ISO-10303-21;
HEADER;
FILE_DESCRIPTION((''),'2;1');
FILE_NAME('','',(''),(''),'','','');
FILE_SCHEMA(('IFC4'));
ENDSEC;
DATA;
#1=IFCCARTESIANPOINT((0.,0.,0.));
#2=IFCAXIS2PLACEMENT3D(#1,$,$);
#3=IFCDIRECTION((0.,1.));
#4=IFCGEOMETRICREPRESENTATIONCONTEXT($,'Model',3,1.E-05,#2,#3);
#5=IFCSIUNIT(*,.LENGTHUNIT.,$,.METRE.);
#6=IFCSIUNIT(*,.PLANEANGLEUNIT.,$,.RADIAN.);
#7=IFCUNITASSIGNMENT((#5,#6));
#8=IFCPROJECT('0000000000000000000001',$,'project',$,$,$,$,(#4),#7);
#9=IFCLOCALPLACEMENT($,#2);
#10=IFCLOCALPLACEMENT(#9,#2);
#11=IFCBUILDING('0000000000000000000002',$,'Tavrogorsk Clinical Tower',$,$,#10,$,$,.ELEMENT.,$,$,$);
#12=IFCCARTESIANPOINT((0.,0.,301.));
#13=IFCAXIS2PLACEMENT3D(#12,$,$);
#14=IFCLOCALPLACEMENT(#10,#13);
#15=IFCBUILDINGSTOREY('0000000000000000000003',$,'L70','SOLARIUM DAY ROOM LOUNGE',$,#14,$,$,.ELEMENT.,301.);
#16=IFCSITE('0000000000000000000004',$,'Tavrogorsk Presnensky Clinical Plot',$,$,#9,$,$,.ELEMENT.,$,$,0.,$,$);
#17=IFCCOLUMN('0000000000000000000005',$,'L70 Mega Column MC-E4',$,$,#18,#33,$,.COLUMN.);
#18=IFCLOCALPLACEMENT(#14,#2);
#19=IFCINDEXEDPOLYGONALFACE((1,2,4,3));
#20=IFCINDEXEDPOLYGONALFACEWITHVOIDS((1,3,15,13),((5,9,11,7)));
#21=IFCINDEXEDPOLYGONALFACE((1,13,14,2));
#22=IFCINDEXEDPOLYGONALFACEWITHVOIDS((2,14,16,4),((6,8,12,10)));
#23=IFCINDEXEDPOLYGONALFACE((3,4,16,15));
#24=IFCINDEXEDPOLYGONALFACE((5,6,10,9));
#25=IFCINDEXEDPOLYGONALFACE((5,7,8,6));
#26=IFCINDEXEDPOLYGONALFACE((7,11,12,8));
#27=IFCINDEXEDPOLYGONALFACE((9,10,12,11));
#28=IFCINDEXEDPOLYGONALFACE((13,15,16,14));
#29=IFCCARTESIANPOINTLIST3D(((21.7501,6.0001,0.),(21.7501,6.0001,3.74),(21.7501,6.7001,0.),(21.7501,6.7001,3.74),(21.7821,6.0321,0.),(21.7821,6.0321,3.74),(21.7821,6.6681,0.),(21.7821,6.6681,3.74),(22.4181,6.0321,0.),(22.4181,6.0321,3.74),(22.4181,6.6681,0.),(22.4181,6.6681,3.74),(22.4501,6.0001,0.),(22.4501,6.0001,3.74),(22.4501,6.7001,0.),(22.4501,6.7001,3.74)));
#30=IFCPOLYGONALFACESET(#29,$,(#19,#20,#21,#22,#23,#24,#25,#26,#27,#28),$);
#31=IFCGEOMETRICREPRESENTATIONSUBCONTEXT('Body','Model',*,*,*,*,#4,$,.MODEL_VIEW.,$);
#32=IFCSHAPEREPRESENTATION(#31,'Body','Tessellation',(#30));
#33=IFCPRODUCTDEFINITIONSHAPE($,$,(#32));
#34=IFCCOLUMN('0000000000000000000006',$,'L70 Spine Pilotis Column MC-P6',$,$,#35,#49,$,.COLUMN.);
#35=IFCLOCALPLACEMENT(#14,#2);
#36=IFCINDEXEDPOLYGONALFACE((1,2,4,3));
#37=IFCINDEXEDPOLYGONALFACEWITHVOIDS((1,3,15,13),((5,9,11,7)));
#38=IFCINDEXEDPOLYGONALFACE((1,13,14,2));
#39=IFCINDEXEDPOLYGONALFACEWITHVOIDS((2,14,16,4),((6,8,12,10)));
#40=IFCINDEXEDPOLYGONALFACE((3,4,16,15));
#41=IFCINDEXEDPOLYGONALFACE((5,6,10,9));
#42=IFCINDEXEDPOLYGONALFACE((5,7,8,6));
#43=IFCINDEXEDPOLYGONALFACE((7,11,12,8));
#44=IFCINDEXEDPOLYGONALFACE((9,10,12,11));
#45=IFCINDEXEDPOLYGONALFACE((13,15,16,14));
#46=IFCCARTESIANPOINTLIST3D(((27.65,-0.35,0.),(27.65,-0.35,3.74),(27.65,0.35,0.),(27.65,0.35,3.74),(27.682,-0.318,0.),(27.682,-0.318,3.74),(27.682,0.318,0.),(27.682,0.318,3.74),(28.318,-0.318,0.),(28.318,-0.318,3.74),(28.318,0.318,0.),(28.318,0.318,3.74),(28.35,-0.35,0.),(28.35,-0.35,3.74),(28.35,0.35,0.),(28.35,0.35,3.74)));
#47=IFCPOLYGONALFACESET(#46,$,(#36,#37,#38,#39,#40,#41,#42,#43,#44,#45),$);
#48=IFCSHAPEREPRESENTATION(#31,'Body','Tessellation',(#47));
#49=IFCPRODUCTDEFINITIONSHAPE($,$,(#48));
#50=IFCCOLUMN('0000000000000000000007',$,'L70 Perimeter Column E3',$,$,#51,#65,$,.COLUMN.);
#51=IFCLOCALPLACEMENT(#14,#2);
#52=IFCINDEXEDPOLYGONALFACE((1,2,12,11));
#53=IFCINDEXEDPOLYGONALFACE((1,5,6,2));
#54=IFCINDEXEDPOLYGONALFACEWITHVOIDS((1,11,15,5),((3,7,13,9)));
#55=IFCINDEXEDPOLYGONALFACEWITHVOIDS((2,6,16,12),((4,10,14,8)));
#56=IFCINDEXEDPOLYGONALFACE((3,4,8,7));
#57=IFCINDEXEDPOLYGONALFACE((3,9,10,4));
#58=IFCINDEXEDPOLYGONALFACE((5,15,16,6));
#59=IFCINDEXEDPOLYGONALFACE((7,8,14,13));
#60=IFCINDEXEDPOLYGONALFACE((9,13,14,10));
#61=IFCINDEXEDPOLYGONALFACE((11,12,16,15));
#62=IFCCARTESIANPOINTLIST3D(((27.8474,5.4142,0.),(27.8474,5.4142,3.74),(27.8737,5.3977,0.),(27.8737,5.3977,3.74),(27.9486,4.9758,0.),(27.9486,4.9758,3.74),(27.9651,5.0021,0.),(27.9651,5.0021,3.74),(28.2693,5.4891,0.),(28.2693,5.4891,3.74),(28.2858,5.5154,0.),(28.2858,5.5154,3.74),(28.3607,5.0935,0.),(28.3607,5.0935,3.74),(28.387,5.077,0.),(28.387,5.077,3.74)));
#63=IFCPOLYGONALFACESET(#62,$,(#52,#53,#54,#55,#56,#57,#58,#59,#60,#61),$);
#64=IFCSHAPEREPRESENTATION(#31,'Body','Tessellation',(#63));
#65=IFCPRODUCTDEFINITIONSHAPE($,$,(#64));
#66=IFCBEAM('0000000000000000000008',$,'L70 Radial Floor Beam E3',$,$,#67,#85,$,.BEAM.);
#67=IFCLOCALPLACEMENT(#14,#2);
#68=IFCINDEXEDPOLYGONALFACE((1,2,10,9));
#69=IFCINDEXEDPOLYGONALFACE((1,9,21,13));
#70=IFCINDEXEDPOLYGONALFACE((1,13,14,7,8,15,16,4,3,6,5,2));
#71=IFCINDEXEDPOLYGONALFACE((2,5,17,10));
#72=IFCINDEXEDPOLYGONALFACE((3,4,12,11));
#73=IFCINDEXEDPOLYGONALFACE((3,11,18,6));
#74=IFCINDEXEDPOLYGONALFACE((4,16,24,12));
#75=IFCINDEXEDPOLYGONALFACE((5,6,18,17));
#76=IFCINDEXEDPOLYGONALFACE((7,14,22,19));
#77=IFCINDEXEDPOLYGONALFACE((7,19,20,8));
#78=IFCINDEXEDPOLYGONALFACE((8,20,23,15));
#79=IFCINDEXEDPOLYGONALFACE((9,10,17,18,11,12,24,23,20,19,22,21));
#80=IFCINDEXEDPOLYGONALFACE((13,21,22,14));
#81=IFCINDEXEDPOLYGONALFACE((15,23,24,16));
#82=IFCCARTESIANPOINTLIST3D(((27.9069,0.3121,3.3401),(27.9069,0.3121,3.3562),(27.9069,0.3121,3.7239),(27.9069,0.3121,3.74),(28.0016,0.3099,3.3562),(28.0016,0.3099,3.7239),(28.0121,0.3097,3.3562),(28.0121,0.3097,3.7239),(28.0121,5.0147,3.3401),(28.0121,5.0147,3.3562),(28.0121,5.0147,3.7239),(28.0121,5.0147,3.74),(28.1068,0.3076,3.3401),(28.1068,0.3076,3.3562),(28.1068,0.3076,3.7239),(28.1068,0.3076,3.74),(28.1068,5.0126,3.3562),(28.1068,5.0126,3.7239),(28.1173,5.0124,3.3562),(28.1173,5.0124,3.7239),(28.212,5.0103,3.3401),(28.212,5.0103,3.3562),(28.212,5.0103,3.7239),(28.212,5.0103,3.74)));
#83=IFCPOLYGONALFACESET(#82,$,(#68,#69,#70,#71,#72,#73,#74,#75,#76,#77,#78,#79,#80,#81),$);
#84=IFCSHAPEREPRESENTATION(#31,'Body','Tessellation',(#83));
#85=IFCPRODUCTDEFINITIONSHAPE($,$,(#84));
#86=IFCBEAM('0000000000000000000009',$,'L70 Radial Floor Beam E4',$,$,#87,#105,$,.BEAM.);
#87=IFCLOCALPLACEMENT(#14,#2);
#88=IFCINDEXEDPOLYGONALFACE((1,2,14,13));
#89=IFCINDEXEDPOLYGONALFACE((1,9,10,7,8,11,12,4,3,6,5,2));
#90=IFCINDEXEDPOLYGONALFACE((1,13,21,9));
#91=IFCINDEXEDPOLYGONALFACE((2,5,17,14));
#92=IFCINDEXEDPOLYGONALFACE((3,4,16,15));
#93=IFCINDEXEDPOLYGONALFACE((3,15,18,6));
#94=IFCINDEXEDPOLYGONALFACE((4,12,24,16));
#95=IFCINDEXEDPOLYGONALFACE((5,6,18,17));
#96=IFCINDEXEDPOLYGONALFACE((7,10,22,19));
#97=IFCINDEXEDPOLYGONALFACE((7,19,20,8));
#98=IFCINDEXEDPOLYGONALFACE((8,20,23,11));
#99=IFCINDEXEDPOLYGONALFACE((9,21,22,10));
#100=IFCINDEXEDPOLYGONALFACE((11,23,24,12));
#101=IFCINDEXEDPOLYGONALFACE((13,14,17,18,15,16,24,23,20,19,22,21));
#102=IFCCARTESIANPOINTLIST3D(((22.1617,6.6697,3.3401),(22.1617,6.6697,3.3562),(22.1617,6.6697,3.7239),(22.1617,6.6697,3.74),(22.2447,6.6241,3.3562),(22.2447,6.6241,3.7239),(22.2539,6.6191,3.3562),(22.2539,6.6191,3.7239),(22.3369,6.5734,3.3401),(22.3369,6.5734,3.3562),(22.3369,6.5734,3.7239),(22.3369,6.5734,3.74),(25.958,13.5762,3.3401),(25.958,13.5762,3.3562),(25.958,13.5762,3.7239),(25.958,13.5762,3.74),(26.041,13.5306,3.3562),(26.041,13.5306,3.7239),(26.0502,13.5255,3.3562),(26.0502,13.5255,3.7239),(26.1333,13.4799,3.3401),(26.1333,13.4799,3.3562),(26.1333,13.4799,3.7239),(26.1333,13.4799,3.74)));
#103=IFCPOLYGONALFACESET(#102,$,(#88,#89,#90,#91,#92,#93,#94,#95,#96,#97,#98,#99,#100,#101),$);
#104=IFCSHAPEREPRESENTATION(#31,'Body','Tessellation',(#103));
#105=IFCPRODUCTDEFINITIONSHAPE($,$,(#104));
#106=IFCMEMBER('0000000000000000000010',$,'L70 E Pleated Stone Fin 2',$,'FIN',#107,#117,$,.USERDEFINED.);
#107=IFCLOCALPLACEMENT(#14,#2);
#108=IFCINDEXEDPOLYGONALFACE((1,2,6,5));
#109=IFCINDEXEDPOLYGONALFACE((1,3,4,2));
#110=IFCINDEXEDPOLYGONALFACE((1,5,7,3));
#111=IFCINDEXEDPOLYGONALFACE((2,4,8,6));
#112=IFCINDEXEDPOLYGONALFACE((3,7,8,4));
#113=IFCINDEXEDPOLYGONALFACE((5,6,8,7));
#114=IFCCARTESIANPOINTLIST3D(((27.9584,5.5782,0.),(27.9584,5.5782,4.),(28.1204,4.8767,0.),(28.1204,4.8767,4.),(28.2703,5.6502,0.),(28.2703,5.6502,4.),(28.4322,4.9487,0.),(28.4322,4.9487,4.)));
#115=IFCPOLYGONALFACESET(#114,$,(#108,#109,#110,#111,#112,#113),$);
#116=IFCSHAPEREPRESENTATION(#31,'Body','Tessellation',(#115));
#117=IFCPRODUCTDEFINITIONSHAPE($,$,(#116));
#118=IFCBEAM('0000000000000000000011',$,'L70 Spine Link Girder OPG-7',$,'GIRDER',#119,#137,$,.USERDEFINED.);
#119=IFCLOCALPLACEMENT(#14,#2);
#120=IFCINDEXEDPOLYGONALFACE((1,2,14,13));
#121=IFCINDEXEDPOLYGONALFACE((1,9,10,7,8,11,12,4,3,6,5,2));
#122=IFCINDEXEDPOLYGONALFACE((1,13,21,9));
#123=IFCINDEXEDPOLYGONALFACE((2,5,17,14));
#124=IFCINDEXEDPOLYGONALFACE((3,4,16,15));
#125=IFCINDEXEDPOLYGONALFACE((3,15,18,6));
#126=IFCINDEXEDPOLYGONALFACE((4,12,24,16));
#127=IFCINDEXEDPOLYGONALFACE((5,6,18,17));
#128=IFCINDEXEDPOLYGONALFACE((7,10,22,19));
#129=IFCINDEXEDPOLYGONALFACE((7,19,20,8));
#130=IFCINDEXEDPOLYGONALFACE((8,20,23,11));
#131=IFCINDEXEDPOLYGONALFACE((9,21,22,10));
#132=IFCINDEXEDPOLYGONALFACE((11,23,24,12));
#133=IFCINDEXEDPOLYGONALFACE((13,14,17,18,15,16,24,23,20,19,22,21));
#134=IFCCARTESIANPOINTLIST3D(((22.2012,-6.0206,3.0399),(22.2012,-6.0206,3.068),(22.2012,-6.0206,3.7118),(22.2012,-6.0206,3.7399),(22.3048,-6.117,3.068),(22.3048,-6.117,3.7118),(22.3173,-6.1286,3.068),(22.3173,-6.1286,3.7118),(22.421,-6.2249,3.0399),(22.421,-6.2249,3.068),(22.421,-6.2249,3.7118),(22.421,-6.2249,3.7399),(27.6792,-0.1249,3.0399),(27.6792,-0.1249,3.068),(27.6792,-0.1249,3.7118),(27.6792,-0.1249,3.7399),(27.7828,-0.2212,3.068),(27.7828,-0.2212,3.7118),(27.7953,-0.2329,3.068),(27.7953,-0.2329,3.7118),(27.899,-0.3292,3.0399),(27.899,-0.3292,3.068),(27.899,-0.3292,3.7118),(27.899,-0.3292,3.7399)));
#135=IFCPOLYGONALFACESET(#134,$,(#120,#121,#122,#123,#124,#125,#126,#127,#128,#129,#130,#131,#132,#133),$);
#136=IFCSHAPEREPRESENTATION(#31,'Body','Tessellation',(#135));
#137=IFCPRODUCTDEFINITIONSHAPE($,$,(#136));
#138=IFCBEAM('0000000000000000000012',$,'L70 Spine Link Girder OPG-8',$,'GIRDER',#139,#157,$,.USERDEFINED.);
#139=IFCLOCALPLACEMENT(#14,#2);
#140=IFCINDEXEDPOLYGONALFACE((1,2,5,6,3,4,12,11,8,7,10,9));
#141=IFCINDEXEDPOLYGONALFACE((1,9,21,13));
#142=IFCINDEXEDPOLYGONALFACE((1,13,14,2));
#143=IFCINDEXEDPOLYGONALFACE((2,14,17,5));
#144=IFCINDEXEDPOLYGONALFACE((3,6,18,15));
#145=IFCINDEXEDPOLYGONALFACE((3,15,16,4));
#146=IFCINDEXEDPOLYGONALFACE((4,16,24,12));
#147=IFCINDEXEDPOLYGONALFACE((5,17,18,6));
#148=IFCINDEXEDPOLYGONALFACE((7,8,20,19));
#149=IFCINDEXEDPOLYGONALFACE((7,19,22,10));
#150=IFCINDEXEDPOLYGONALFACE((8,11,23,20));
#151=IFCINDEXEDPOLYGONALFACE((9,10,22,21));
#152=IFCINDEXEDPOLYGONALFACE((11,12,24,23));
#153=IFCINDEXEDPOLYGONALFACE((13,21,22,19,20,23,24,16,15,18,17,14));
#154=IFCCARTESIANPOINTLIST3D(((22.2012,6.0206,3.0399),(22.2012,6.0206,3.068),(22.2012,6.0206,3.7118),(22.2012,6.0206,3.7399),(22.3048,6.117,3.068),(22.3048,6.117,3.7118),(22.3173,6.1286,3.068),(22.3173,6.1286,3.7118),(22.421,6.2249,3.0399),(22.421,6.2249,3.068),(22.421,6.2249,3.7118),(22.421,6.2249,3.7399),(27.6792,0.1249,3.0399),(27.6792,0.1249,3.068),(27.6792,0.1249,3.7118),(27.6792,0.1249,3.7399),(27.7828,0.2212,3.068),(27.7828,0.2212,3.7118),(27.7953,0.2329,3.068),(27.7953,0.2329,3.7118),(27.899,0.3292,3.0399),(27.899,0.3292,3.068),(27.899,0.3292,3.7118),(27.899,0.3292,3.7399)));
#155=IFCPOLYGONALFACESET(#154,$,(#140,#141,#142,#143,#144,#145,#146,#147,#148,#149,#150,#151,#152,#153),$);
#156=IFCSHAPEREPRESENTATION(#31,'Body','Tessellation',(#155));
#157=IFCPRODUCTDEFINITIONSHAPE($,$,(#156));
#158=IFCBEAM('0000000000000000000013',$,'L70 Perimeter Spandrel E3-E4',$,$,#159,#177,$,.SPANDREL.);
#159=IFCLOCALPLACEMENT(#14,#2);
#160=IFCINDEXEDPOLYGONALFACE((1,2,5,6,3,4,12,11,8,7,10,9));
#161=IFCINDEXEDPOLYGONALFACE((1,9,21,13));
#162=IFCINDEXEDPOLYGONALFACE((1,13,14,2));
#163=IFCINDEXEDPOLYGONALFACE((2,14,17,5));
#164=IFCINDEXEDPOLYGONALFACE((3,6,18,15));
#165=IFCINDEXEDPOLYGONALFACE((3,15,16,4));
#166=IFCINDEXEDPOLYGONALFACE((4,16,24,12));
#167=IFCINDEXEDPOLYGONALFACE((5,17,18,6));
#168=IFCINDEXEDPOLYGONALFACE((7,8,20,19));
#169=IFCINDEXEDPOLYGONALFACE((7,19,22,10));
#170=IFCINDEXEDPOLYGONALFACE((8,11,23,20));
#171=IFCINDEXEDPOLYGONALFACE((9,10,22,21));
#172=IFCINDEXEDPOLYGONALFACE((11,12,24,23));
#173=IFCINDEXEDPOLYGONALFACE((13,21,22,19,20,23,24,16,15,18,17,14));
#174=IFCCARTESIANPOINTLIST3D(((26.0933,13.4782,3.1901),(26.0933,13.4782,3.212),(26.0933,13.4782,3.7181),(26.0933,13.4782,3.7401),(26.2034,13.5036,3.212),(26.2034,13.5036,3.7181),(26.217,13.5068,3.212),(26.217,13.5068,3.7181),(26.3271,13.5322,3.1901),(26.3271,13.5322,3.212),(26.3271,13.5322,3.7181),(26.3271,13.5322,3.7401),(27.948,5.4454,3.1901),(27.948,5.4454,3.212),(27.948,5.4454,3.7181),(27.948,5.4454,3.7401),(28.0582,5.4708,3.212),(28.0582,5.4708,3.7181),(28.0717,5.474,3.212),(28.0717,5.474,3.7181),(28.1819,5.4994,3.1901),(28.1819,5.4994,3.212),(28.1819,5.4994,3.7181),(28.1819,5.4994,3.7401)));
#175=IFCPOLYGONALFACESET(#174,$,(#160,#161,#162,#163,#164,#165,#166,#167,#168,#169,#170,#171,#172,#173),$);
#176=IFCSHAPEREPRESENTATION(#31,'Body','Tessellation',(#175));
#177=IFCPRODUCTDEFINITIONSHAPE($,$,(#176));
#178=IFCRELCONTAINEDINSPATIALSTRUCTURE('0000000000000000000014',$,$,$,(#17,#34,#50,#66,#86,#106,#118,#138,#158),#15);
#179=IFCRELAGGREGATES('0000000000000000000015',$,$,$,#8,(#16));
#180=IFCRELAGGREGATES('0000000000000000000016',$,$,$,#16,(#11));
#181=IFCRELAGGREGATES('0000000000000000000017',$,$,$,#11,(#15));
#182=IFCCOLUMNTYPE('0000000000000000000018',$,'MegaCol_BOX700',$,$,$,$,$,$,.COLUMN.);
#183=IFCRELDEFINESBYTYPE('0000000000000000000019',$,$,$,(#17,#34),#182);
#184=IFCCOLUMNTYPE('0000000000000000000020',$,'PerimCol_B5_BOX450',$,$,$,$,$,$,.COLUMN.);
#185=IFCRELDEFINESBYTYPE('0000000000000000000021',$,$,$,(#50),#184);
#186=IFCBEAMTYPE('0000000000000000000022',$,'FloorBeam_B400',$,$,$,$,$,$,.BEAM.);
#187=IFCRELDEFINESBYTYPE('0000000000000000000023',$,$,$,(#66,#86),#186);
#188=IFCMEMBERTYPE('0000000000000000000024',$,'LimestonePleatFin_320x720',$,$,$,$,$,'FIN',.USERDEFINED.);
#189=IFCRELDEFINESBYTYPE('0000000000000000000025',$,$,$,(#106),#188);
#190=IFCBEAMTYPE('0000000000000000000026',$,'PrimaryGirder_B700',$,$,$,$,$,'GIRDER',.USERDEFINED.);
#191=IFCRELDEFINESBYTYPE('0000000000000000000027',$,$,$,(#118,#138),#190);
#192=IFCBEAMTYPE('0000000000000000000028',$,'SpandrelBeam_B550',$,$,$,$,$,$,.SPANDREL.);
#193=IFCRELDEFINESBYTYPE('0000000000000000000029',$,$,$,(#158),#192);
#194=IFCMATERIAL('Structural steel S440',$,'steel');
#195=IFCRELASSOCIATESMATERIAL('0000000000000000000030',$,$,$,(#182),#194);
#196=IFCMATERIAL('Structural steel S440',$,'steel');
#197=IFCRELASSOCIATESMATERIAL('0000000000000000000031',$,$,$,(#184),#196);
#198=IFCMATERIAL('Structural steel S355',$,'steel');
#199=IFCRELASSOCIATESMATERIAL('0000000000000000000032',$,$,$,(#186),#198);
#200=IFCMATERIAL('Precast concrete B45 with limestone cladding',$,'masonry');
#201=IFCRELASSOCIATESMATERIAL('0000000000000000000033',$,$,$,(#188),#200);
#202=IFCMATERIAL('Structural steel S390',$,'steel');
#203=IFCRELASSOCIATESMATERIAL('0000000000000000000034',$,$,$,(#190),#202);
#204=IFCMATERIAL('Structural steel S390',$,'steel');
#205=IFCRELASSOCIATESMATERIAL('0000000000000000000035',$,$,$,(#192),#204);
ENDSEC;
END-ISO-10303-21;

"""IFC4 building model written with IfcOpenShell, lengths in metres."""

from ifc_helpers import new_model, si_unit, direction, frame, origin, origin_2d, place, context, subcontext, project, spatial, rectangle, hollow_rectangle, i_section, extrude, material, material_profile, profile_set, type_object, element, save


model = new_model("IFC4")

# Units and contexts
model_context = context("Model", 3, precision=1e-05, world=origin(), true_north=direction((0.0, 1.0)))
body_context = subcontext(model_context, "Body", "Model", "MODEL_VIEW")
ifc_project = project(units=[si_unit("LENGTHUNIT", "METRE"), si_unit("PLANEANGLEUNIT", "RADIAN")], contexts=[model_context])

# Site, building, storey
site_placement = place(None, origin())
site = spatial("IfcSite", under=ifc_project, at=site_placement, Name="Tavrogorsk Presnensky Clinical Plot", CompositionType="ELEMENT", RefElevation=0.0)
building_placement = place(site_placement, origin())
building = spatial("IfcBuilding", under=site, at=building_placement, Name="Tavrogorsk Clinical Tower", CompositionType="ELEMENT")
storey_placement = place(building_placement, frame((0.0, 0.0, 301.0)))
storey = spatial("IfcBuildingStorey", under=building, at=storey_placement, Name="L70", Description="SOLARIUM DAY ROOM LOUNGE", CompositionType="ELEMENT", Elevation=301.0)

# Columns
ifc_material_1 = material(Name="Structural steel S440", Category="steel")
ifc_material_profile_1 = material_profile(ifc_material_1, hollow_rectangle(XDim=0.7, YDim=0.7, WallThickness=0.032, at=origin_2d()), Name="BOX-700x700x32")
ifc_profile_set_1 = profile_set([ifc_material_profile_1], Name="Structural steel S440")
column_type_1 = type_object("IfcColumnType", Name="MegaCol_BOX700", PredefinedType="COLUMN", material=ifc_profile_set_1)
for number, where, z_axis, x_axis, name in (
    (1, (22.1001, 6.3501, 0.0), (0.0, 0.0, 1.0), (1.0, 0.0, 0.0), "L70 Mega Column MC-E4"),
    (2, (28.0, 0.0, 0.0), (0.0, 0.0, 1.0), (1.0, 0.0, 0.0), "L70 Spine Pilotis Column MC-P6"),
):
    element("IfcColumn", number, at=place(storey_placement, frame(where, z_axis=z_axis, x_axis=x_axis)), inside=storey, type_object=column_type_1, Name=name, PredefinedType="COLUMN", context=body_context, shape_type="SweptSolid", body=[
        extrude(hollow_rectangle(XDim=0.7, YDim=0.7, WallThickness=0.032, at=origin_2d()), origin(), (0.0, 0.0, 1.0), 3.74),
    ])
ifc_material_2 = material(Name="Structural steel S440", Category="steel")
ifc_material_profile_2 = material_profile(ifc_material_2, hollow_rectangle(XDim=0.45, YDim=0.45, WallThickness=0.022, at=origin_2d()), Name="BOX-450x450x22")
ifc_profile_set_2 = profile_set([ifc_material_profile_2], Name="Structural steel S440")
column_type_2 = type_object("IfcColumnType", Name="PerimCol_B5_BOX450", PredefinedType="COLUMN", material=ifc_profile_set_2)
column_placement = place(storey_placement, frame((28.1172, 5.2456, 0.0), z_axis=(0.0, 0.0, 1.0), x_axis=(0.97437, 0.224951, 0.0)))
element("IfcColumn", 3, at=column_placement, inside=storey, type_object=column_type_2, Name="L70 Perimeter Column E3", PredefinedType="COLUMN", context=body_context, shape_type="SweptSolid", body=[
    extrude(hollow_rectangle(XDim=0.45, YDim=0.45, WallThickness=0.022, at=origin_2d()), origin(), (0.0, 0.0, 1.0), 3.74),
])

# Beams
ifc_material_3 = material(Name="Structural steel S355", Category="steel")
ifc_material_profile_3 = material_profile(ifc_material_3, i_section(OverallWidth=0.2, OverallDepth=0.3999, WebThickness=0.0105, FlangeThickness=0.0161, at=origin_2d()), Name="B-400x200x10.5x16")
ifc_profile_set_3 = profile_set([ifc_material_profile_3], Name="Structural steel S355")
beam_type_1 = type_object("IfcBeamType", Name="FloorBeam_B400", PredefinedType="BEAM", material=ifc_profile_set_3)
beam_1_placement = place(storey_placement, frame((28.0068, 0.3098, 3.54), z_axis=(0.02237, 0.99975, 0.0), x_axis=(-0.99975, 0.02237, 0.0)))
element("IfcBeam", 4, at=beam_1_placement, inside=storey, type_object=beam_type_1, Name="L70 Radial Floor Beam E3", PredefinedType="BEAM", context=body_context, shape_type="SweptSolid", body=[
    extrude(i_section(OverallWidth=0.2, OverallDepth=0.3999, WebThickness=0.0105, FlangeThickness=0.0161, at=origin_2d()), origin(), (0.0, 0.0, 1.0), 4.7039),
])
beam_2_placement = place(storey_placement, frame((22.2493, 6.6216, 3.54), z_axis=(0.481706, 0.876333, 0.0), x_axis=(-0.876333, 0.481706, 0.0)))
element("IfcBeam", 5, at=beam_2_placement, inside=storey, type_object=beam_type_1, Name="L70 Radial Floor Beam E4", PredefinedType="BEAM", context=body_context, shape_type="SweptSolid", body=[
    extrude(i_section(OverallWidth=0.2, OverallDepth=0.3999, WebThickness=0.0105, FlangeThickness=0.0161, at=origin_2d()), origin(), (0.0, 0.0, 1.0), 7.8811),
])

# Member
ifc_material_4 = material(Name="Precast concrete B45 with limestone cladding", Category="masonry")
ifc_material_profile_4 = material_profile(ifc_material_4, rectangle(XDim=0.3201, YDim=0.72, at=origin_2d()), Name="LIMESTONE-FIN-320x720")
ifc_profile_set_4 = profile_set([ifc_material_profile_4], Name="Precast concrete B45 with limestone cladding")
member_type = type_object("IfcMemberType", Name="LimestonePleatFin_320x720", ElementType="FIN", PredefinedType="USERDEFINED", material=ifc_profile_set_4)
member_placement = place(storey_placement, frame((28.1953, 5.2634, 0.0), z_axis=(0.0, 0.0, 1.0), x_axis=(0.97437, 0.224951, 0.0)))
element("IfcMember", 6, at=member_placement, inside=storey, type_object=member_type, Name="L70 E Pleated Stone Fin 2", ObjectType="FIN", PredefinedType="USERDEFINED", context=body_context, shape_type="SweptSolid", body=[
    extrude(rectangle(XDim=0.3201, YDim=0.72, at=origin_2d()), origin(), (0.0, 0.0, 1.0), 4.0),
])

# Beams
ifc_material_5 = material(Name="Structural steel S390", Category="steel")
ifc_material_profile_5 = material_profile(ifc_material_5, i_section(OverallWidth=0.3, OverallDepth=0.7, WebThickness=0.0171, FlangeThickness=0.0281, at=origin_2d()), Name="B-700x300x17x28")
ifc_profile_set_5 = profile_set([ifc_material_profile_5], Name="Structural steel S390")
beam_type_2 = type_object("IfcBeamType", Name="PrimaryGirder_B700", ElementType="GIRDER", PredefinedType="USERDEFINED", material=ifc_profile_set_5)
for number, where, z_axis, x_axis, name in (
    (7, (27.7891, -0.2271, 3.3899), (-0.680678, -0.732583, 0.0), (0.732583, -0.680678, 0.0), "L70 Spine Link Girder OPG-7"),
    (8, (27.7891, 0.2271, 3.3899), (-0.680678, 0.732583, 0.0), (-0.732583, -0.680678, 0.0), "L70 Spine Link Girder OPG-8"),
):
    element("IfcBeam", number, at=place(storey_placement, frame(where, z_axis=z_axis, x_axis=x_axis)), inside=storey, type_object=beam_type_2, Name=name, ObjectType="GIRDER", PredefinedType="USERDEFINED", context=body_context, shape_type="SweptSolid", body=[
        extrude(i_section(OverallWidth=0.3, OverallDepth=0.7, WebThickness=0.0171, FlangeThickness=0.0281, at=origin_2d()), origin(), (0.0, 0.0, 1.0), 8.0479),
    ])
ifc_material_6 = material(Name="Structural steel S390", Category="steel")
ifc_material_profile_6 = material_profile(ifc_material_6, i_section(OverallWidth=0.24, OverallDepth=0.55, WebThickness=0.0139, FlangeThickness=0.022, at=origin_2d()), Name="B-550x240x14x22")
ifc_profile_set_6 = profile_set([ifc_material_profile_6], Name="Structural steel S390")
beam_type_3 = type_object("IfcBeamType", Name="SpandrelBeam_B550", PredefinedType="SPANDREL", material=ifc_profile_set_6)
beam_3_placement = place(storey_placement, frame((28.0649, 5.4724, 3.4651), z_axis=(-0.224978, 0.974364, 0.0), x_axis=(-0.974364, -0.224978, 0.0)))
element("IfcBeam", 9, at=beam_3_placement, inside=storey, type_object=beam_type_3, Name="L70 Perimeter Spandrel E3-E4", PredefinedType="SPANDREL", context=body_context, shape_type="SweptSolid", body=[
    extrude(i_section(OverallWidth=0.24, OverallDepth=0.55, WebThickness=0.0139, FlangeThickness=0.022, at=origin_2d()), origin(), (0.0, 0.0, 1.0), 8.2441),
])

save(model, "model.ifc")
